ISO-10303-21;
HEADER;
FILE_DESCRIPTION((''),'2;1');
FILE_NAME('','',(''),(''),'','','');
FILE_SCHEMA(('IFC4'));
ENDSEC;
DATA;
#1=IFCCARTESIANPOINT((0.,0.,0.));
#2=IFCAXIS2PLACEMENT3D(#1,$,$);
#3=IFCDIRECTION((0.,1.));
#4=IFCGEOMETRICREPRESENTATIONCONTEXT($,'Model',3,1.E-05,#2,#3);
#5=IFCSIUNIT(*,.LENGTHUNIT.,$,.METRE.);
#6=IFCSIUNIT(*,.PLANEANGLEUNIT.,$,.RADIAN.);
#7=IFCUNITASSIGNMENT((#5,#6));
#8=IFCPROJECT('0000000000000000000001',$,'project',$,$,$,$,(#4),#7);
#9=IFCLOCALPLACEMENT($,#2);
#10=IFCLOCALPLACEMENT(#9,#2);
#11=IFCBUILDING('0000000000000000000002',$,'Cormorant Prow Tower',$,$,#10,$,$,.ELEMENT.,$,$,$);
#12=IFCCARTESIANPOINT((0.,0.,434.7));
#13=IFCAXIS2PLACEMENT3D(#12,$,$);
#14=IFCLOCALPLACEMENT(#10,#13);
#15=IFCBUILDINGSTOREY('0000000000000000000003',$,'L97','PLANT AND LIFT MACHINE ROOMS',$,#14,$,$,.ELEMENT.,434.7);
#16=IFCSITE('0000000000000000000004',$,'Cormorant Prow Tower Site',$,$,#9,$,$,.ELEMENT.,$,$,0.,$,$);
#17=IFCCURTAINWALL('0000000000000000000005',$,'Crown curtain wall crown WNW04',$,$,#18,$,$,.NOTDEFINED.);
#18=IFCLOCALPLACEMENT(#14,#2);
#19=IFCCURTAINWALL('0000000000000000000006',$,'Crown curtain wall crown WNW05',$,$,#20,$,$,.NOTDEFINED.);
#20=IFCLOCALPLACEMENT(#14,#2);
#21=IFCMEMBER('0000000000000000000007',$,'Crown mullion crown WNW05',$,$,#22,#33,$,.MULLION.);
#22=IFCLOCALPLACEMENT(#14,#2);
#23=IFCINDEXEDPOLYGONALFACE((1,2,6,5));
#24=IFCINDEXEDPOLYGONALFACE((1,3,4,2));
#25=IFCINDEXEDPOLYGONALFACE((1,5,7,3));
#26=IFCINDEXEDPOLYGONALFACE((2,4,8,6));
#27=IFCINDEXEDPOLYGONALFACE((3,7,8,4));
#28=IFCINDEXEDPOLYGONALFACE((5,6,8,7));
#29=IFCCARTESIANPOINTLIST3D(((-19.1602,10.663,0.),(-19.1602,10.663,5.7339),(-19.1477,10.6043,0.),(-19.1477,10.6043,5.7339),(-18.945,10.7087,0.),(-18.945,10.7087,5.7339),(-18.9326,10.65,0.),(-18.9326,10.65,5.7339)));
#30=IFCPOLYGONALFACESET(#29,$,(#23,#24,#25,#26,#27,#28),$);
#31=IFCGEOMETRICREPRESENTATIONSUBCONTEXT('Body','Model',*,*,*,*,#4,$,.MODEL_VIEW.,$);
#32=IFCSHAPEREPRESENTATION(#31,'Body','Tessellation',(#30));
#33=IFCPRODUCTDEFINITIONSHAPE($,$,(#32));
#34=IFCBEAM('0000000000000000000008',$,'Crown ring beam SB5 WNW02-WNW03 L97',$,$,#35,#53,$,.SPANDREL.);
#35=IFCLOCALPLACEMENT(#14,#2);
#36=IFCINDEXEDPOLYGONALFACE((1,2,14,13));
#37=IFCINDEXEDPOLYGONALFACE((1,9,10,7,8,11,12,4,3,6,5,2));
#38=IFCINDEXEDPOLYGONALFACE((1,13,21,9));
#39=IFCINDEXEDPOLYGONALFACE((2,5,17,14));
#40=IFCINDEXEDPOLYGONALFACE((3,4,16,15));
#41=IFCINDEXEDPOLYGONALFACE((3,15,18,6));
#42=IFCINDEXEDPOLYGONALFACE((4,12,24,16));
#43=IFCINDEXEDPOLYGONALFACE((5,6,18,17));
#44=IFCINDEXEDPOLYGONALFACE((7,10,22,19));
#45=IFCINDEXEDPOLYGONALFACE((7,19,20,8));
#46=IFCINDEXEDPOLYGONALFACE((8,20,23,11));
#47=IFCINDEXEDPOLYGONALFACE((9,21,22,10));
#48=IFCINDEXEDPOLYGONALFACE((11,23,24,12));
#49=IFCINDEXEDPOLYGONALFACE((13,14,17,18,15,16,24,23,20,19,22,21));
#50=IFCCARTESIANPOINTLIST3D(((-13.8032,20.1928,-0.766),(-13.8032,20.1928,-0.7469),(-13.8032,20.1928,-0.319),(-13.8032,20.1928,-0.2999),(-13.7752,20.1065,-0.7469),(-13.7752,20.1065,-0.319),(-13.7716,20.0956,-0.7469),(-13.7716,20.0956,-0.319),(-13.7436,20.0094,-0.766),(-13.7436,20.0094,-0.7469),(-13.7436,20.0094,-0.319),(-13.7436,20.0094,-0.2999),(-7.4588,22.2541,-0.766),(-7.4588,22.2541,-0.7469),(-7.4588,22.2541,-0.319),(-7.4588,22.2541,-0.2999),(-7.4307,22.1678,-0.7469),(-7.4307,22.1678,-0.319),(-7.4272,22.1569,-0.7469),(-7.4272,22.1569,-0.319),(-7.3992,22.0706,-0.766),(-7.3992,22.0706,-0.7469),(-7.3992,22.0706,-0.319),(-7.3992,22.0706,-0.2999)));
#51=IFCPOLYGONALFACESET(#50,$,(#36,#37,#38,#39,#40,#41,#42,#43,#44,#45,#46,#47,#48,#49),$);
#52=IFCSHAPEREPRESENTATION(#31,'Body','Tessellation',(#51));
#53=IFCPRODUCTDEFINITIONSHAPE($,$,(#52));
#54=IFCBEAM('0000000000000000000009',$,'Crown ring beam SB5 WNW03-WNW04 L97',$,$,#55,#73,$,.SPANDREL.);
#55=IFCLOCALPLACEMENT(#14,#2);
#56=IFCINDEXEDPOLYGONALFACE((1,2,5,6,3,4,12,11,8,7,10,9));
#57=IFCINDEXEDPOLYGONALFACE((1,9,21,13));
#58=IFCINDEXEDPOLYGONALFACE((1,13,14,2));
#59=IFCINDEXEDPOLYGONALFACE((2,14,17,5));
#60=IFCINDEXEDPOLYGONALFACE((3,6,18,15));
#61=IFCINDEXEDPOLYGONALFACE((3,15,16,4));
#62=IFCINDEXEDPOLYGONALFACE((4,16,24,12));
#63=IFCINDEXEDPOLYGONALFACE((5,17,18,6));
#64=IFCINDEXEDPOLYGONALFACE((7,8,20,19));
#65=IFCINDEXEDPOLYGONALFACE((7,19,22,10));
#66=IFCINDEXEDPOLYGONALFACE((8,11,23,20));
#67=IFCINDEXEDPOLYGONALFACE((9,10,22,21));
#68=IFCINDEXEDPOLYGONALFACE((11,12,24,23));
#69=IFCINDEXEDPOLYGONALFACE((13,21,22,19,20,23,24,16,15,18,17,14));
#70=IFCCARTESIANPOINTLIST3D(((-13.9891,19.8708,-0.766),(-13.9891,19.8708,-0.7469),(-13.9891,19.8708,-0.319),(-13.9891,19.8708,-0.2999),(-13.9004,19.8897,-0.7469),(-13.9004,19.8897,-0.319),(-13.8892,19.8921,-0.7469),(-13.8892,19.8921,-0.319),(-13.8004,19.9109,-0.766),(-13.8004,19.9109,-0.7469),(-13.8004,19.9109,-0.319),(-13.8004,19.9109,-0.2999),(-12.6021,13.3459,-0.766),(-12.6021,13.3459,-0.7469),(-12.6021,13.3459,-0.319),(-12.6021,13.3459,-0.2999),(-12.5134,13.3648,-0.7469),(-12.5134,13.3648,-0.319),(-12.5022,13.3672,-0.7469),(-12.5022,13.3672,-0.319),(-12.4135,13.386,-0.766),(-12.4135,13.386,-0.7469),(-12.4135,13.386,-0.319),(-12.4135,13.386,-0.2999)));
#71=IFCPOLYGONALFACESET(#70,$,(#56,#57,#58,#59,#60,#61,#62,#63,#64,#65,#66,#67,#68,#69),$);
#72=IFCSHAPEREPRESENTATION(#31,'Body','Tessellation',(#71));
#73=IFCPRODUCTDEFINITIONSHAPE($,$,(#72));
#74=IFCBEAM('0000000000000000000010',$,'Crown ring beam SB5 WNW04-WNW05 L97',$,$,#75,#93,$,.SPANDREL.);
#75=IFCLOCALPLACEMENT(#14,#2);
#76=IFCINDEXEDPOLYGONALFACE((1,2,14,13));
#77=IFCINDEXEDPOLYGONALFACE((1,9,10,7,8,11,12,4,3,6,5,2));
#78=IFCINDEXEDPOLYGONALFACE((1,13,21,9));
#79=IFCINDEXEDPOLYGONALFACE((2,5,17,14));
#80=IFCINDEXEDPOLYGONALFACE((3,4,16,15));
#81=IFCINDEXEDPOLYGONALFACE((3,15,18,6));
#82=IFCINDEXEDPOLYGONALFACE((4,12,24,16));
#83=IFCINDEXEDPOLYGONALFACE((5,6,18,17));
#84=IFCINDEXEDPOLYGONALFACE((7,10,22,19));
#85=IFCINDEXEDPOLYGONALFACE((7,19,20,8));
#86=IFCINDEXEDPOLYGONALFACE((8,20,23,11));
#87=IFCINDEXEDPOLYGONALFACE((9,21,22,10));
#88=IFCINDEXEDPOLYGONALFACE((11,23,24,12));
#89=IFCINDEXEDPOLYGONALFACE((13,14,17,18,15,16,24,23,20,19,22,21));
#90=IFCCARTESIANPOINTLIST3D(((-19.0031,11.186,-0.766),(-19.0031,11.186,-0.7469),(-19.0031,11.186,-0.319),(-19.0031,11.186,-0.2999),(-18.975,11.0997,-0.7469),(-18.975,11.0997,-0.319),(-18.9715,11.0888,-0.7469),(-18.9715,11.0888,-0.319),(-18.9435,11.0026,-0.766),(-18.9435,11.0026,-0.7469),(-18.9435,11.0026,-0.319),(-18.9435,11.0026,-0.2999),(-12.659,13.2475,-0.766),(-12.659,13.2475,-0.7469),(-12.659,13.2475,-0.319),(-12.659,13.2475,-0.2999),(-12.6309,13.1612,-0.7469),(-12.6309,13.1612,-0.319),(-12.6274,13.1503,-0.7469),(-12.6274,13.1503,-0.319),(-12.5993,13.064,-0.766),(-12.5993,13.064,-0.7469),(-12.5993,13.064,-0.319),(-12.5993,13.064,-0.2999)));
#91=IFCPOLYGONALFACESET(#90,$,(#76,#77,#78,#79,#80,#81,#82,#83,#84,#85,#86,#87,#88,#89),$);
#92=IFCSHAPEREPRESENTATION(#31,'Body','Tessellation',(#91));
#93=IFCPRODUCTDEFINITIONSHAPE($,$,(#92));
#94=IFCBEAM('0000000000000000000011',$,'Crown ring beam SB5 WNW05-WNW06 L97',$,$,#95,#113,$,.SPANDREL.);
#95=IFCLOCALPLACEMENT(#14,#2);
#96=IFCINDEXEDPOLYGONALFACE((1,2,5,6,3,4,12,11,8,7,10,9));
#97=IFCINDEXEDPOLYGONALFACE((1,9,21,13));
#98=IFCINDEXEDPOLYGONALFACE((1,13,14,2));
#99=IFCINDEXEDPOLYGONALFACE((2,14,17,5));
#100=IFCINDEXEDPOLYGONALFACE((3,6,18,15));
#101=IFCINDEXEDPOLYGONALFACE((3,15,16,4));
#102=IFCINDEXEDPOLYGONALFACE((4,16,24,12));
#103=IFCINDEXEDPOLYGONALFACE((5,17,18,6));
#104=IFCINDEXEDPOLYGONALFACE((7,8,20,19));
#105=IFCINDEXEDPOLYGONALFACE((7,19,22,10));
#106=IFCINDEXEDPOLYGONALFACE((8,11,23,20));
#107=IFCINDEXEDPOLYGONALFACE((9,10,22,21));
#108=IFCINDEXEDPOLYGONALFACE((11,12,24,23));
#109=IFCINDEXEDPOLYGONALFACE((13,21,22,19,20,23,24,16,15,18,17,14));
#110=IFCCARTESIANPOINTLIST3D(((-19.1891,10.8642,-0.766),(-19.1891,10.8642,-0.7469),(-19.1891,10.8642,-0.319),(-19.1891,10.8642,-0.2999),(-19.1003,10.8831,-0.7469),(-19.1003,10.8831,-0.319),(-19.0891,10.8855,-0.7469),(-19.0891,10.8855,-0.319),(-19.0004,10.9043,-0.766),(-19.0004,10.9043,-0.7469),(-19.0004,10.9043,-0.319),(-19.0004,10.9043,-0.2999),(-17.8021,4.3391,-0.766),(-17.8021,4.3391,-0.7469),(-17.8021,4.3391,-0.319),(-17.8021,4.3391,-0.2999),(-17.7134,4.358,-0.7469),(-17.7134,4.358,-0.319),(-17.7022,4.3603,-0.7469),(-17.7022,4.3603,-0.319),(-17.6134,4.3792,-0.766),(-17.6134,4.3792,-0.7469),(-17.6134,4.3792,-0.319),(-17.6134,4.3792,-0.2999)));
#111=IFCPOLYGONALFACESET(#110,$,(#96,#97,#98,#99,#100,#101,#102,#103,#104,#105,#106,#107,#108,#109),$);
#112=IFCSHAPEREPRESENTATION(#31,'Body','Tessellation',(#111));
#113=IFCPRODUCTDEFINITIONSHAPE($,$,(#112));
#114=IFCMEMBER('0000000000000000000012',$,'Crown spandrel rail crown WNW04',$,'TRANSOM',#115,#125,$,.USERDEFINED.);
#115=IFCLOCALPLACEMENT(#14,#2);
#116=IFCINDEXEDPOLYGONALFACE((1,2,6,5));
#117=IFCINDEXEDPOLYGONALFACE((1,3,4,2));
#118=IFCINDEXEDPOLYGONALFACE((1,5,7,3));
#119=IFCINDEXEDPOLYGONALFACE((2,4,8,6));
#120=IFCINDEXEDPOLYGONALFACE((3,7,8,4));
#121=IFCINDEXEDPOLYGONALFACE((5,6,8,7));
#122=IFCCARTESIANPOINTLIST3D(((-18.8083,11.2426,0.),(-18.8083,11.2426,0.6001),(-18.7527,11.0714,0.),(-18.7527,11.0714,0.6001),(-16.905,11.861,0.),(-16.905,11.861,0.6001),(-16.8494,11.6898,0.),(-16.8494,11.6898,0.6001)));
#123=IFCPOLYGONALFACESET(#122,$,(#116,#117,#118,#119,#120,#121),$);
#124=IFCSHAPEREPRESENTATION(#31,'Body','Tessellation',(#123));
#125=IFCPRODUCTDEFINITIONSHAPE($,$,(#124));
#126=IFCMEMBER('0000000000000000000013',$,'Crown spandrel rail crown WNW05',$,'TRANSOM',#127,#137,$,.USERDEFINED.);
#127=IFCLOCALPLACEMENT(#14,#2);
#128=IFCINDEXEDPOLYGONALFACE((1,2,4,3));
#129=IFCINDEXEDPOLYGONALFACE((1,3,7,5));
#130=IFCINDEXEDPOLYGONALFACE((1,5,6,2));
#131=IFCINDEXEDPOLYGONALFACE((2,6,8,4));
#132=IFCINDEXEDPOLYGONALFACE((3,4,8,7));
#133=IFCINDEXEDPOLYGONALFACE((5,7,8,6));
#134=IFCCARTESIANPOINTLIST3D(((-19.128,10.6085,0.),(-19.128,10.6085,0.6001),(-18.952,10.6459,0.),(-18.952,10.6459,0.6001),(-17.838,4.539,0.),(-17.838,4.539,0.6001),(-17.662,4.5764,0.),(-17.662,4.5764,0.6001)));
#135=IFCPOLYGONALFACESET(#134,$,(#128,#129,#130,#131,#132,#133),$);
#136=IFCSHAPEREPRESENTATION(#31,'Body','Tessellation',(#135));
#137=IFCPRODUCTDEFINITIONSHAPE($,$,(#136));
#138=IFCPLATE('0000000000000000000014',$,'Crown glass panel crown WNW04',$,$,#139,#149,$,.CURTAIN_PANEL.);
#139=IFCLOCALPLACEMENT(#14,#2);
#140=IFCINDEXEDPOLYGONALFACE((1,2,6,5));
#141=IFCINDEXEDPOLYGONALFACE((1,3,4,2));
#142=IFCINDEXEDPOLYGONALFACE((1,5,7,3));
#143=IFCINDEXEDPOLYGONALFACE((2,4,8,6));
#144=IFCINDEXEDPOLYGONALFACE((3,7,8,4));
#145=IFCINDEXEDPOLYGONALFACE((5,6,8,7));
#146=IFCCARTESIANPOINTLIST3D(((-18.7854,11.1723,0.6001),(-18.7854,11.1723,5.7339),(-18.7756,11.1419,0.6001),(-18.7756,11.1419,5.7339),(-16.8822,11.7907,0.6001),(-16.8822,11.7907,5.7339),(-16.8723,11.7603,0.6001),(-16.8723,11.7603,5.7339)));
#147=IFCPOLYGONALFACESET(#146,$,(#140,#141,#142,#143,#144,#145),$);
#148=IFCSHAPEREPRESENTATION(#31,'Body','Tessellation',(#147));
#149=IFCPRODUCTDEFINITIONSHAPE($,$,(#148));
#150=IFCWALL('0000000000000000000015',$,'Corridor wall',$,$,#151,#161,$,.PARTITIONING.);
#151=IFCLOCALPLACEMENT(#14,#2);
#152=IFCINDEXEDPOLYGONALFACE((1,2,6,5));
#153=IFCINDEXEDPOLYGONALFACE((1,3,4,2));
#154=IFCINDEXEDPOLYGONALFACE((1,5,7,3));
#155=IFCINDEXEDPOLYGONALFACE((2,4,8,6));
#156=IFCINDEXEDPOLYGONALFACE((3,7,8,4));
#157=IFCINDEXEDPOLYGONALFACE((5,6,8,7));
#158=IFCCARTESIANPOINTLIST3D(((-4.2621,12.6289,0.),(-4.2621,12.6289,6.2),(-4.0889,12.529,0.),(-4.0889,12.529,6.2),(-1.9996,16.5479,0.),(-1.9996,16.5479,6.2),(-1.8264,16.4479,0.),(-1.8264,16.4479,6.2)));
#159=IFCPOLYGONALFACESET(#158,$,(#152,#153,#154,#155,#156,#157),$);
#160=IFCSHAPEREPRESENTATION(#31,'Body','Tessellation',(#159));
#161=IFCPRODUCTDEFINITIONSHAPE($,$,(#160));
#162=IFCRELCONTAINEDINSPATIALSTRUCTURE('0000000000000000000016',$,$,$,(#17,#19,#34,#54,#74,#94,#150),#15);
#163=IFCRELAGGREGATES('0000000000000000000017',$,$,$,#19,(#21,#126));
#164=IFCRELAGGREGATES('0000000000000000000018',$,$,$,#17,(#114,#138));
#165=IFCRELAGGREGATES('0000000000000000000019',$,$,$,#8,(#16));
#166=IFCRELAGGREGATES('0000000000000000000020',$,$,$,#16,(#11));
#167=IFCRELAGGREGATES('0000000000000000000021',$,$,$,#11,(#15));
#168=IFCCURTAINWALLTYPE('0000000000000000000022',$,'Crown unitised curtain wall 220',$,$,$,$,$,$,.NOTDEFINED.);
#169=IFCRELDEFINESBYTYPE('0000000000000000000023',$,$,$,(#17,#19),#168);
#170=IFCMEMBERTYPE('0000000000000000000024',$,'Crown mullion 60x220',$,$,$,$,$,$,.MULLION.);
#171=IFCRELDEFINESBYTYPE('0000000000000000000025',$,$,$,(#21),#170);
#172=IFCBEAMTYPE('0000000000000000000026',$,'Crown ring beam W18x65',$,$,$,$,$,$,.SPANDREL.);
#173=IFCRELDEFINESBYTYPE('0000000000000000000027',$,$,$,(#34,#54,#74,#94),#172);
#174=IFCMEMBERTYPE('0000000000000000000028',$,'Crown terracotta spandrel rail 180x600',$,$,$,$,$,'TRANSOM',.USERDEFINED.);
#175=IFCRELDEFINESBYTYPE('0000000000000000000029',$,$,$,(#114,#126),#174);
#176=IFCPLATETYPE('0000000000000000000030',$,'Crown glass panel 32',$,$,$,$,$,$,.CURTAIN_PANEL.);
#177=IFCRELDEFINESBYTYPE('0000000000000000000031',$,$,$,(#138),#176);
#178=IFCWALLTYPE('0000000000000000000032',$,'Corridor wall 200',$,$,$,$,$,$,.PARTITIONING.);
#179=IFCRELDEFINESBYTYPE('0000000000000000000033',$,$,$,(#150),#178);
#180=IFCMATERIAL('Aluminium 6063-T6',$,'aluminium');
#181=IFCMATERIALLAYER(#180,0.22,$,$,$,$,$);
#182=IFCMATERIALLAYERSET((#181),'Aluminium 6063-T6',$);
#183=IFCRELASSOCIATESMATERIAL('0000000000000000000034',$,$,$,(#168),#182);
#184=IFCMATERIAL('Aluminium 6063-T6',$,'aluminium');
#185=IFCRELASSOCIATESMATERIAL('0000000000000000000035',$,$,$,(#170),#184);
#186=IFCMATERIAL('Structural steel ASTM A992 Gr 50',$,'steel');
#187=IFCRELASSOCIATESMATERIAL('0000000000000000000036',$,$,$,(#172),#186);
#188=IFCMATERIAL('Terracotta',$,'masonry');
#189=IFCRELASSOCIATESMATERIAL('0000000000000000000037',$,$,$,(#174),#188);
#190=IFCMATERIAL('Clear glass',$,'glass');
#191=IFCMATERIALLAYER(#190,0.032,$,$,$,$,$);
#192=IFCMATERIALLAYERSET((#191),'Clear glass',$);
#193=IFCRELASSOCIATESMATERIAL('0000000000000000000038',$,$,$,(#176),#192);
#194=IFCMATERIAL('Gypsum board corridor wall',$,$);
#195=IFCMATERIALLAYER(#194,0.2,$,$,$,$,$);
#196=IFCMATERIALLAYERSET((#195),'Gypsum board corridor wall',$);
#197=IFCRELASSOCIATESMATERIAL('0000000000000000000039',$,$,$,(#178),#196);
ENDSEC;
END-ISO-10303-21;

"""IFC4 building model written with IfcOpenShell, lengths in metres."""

from ifc_helpers import new_model, si_unit, direction, frame, frame_2d, origin, origin_2d, place, context, subcontext, project, spatial, rectangle, i_section, extrude, material, layer, layer_set, material_profile, profile_set, type_object, element, aggregate, save


model = new_model("IFC4")

# Units and contexts
model_context = context("Model", 3, precision=1e-05, world=origin(), true_north=direction((0.0, 1.0)))
body_context = subcontext(model_context, "Body", "Model", "MODEL_VIEW")
ifc_project = project(units=[si_unit("LENGTHUNIT", "METRE"), si_unit("PLANEANGLEUNIT", "RADIAN")], contexts=[model_context])

# Site, building, storey
site_placement = place(None, origin())
site = spatial("IfcSite", under=ifc_project, at=site_placement, Name="Cormorant Prow Tower Site", CompositionType="ELEMENT", RefElevation=0.0)
building_placement = place(site_placement, origin())
building = spatial("IfcBuilding", under=site, at=building_placement, Name="Cormorant Prow Tower", CompositionType="ELEMENT")
storey_placement = place(building_placement, frame((0.0, 0.0, 434.7)))
storey = spatial("IfcBuildingStorey", under=building, at=storey_placement, Name="L97", Description="PLANT AND LIFT MACHINE ROOMS", CompositionType="ELEMENT", Elevation=434.7)

# Curtain walls, member
ifc_material_1 = material(Name="Aluminium 6063-T6", Category="aluminium")
ifc_layer_1 = layer(ifc_material_1, 0.22)
ifc_layer_set_1 = layer_set([ifc_layer_1], Name="Aluminium 6063-T6")
curtain_wall_type = type_object("IfcCurtainWallType", Name="Crown unitised curtain wall 220", PredefinedType="NOTDEFINED", material=ifc_layer_set_1)
curtain_wall_1_placement = place(storey_placement, origin())
curtain_wall_1 = element("IfcCurtainWall", 1, at=curtain_wall_1_placement, inside=storey, type_object=curtain_wall_type, Name="Crown curtain wall crown WNW04", PredefinedType="NOTDEFINED")
ifc_material_2 = material(Name="Aluminium 6063-T6", Category="aluminium")
ifc_material_profile_1 = material_profile(ifc_material_2, rectangle(XDim=0.22, YDim=0.0601, at=origin_2d()), Name="Crown mullion 60x220")
ifc_profile_set_1 = profile_set([ifc_material_profile_1], Name="Aluminium 6063-T6")
member_type_1 = type_object("IfcMemberType", Name="Crown mullion 60x220", PredefinedType="MULLION", material=ifc_profile_set_1)
curtain_wall_2_placement = place(storey_placement, origin())
curtain_wall_2 = element("IfcCurtainWall", 2, at=curtain_wall_2_placement, inside=storey, type_object=curtain_wall_type, Name="Crown curtain wall crown WNW05", PredefinedType="NOTDEFINED")
member_1_placement = place(storey_placement, frame((-19.0464, 10.6565, 0.0), z_axis=(0.0, 0.0, 1.0), x_axis=(0.978148, 0.207912, 0.0)))
member_1 = element("IfcMember", 3, at=member_1_placement, type_object=member_type_1, Name="Crown mullion crown WNW05", PredefinedType="MULLION", context=body_context, shape_type="SweptSolid", body=[
    extrude(rectangle(XDim=0.22, YDim=0.0601, at=origin_2d()), origin(), (0.0, 0.0, 1.0), 5.7339),
])

# Beams
ifc_material_3 = material(Name="Structural steel ASTM A992 Gr 50", Category="steel")
ifc_material_profile_2 = material_profile(ifc_material_3, i_section(OverallWidth=0.1929, OverallDepth=0.4661, WebThickness=0.0115, FlangeThickness=0.019, at=origin_2d()), Name="W18x65")
ifc_profile_set_2 = profile_set([ifc_material_profile_2], Name="Structural steel ASTM A992 Gr 50")
beam_type = type_object("IfcBeamType", Name="Crown ring beam W18x65", PredefinedType="SPANDREL", material=ifc_profile_set_2)
beam_1_placement = place(storey_placement, frame((-7.429, 22.1624, -0.533), z_axis=(-0.951064, -0.308994, 0.0), x_axis=(0.308994, -0.951064, 0.0)))
element("IfcBeam", 4, at=beam_1_placement, inside=storey, type_object=beam_type, Name="Crown ring beam SB5 WNW02-WNW03 L97", PredefinedType="SPANDREL", context=body_context, shape_type="SweptSolid", body=[
    extrude(i_section(OverallWidth=0.1929, OverallDepth=0.4661, WebThickness=0.0115, FlangeThickness=0.019, at=origin_2d()), origin(), (0.0, 0.0, 1.0), 6.6709),
])
for number, where, z_axis, x_axis, name in (
    (5, (-13.8948, 19.8909, -0.533), (0.207919, -0.978146, 0.0), (0.978146, 0.207919, 0.0), "Crown ring beam SB5 WNW03-WNW04 L97"),
    (6, (-12.6292, 13.1558, -0.533), (-0.95105, -0.309038, 0.0), (0.309038, -0.95105, 0.0), "Crown ring beam SB5 WNW04-WNW05 L97"),
):
    element("IfcBeam", number, at=place(storey_placement, frame(where, z_axis=z_axis, x_axis=x_axis)), inside=storey, type_object=beam_type, Name=name, PredefinedType="SPANDREL", context=body_context, shape_type="SweptSolid", body=[
        extrude(i_section(OverallWidth=0.1929, OverallDepth=0.4661, WebThickness=0.0115, FlangeThickness=0.019, at=origin_2d()), origin(), (0.0, 0.0, 1.0), 6.6707),
    ])
beam_2_placement = place(storey_placement, frame((-19.0947, 10.8843, -0.533), z_axis=(0.207912, -0.978148, 0.0), x_axis=(0.978148, 0.207912, 0.0)))
element("IfcBeam", 7, at=beam_2_placement, inside=storey, type_object=beam_type, Name="Crown ring beam SB5 WNW05-WNW06 L97", PredefinedType="SPANDREL", context=body_context, shape_type="SweptSolid", body=[
    extrude(i_section(OverallWidth=0.1929, OverallDepth=0.4661, WebThickness=0.0115, FlangeThickness=0.019, at=origin_2d()), origin(), (0.0, 0.0, 1.0), 6.6709),
])

# Members
ifc_material_4 = material(Name="Terracotta", Category="masonry")
ifc_material_profile_3 = material_profile(ifc_material_4, rectangle(XDim=0.1799, YDim=0.6001, at=origin_2d()), Name="Crown terracotta spandrel rail 180x600")
ifc_profile_set_3 = profile_set([ifc_material_profile_3], Name="Terracotta")
member_type_2 = type_object("IfcMemberType", Name="Crown terracotta spandrel rail 180x600", ElementType="TRANSOM", PredefinedType="USERDEFINED", material=ifc_profile_set_3)
member_2_placement = place(storey_placement, frame((-16.8772, 11.7754, 0.3), z_axis=(-0.951059, -0.309009, 0.0), x_axis=(0.309009, -0.951059, 0.0)))
member_2 = element("IfcMember", 8, at=member_2_placement, type_object=member_type_2, Name="Crown spandrel rail crown WNW04", ObjectType="TRANSOM", PredefinedType="USERDEFINED", context=body_context, shape_type="SweptSolid", body=[
    extrude(rectangle(XDim=0.1799, YDim=0.6001, at=origin_2d()), origin(), (0.0, 0.0, 1.0), 2.0012),
])
member_3_placement = place(storey_placement, frame((-19.04, 10.6272, 0.3), z_axis=(0.207898, -0.978151, 0.0), x_axis=(0.978151, 0.207898, 0.0)))
member_3 = element("IfcMember", 9, at=member_3_placement, type_object=member_type_2, Name="Crown spandrel rail crown WNW05", ObjectType="TRANSOM", PredefinedType="USERDEFINED", context=body_context, shape_type="SweptSolid", body=[
    extrude(rectangle(XDim=0.1799, YDim=0.6001, at=origin_2d()), origin(), (0.0, 0.0, 1.0), 6.2051),
])
aggregate(curtain_wall_2, [member_1, member_3])

# Plate
ifc_material_5 = material(Name="Clear glass", Category="glass")
ifc_layer_2 = layer(ifc_material_5, 0.032)
ifc_layer_set_2 = layer_set([ifc_layer_2], Name="Clear glass")
plate_type = type_object("IfcPlateType", Name="Crown glass panel 32", PredefinedType="CURTAIN_PANEL", material=ifc_layer_set_2)
plate_placement = place(storey_placement, frame((-17.8289, 11.4663, 0.6001), z_axis=(0.0, 0.0, 1.0), x_axis=(-0.951056, -0.309017, 0.0)))
plate = element("IfcPlate", 10, at=plate_placement, type_object=plate_type, Name="Crown glass panel crown WNW04", PredefinedType="CURTAIN_PANEL", context=body_context, shape_type="SweptSolid", body=[
    extrude(rectangle(XDim=2.0012, YDim=0.032, at=origin_2d()), origin(), (0.0, 0.0, 1.0), 5.1338),
])
aggregate(curtain_wall_1, [member_2, plate])

# Wall
ifc_material_6 = material(Name="Gypsum board corridor wall")
ifc_layer_3 = layer(ifc_material_6, 0.2)
ifc_layer_set_3 = layer_set([ifc_layer_3], Name="Gypsum board corridor wall")
wall_type_1 = type_object("IfcWallType", Name="Corridor wall 200", PredefinedType="PARTITIONING", material=ifc_layer_set_3)
wall_1_placement = place(storey_placement, frame((-4.1755, 12.5789, 0.0), z_axis=(0.0, 0.0, 1.0), x_axis=(0.499975, 0.86604, 0.0)))
element("IfcWall", 11, at=wall_1_placement, inside=storey, type_object=wall_type_1, Name="Corridor wall", PredefinedType="PARTITIONING", context=body_context, shape_type="SweptSolid", body=[
    extrude(rectangle(XDim=4.5251, YDim=0.2, at=frame_2d((2.2627, 0.0))), origin(), (0.0, 0.0, 1.0), 6.2),
])

save(model, "model.ifc")
